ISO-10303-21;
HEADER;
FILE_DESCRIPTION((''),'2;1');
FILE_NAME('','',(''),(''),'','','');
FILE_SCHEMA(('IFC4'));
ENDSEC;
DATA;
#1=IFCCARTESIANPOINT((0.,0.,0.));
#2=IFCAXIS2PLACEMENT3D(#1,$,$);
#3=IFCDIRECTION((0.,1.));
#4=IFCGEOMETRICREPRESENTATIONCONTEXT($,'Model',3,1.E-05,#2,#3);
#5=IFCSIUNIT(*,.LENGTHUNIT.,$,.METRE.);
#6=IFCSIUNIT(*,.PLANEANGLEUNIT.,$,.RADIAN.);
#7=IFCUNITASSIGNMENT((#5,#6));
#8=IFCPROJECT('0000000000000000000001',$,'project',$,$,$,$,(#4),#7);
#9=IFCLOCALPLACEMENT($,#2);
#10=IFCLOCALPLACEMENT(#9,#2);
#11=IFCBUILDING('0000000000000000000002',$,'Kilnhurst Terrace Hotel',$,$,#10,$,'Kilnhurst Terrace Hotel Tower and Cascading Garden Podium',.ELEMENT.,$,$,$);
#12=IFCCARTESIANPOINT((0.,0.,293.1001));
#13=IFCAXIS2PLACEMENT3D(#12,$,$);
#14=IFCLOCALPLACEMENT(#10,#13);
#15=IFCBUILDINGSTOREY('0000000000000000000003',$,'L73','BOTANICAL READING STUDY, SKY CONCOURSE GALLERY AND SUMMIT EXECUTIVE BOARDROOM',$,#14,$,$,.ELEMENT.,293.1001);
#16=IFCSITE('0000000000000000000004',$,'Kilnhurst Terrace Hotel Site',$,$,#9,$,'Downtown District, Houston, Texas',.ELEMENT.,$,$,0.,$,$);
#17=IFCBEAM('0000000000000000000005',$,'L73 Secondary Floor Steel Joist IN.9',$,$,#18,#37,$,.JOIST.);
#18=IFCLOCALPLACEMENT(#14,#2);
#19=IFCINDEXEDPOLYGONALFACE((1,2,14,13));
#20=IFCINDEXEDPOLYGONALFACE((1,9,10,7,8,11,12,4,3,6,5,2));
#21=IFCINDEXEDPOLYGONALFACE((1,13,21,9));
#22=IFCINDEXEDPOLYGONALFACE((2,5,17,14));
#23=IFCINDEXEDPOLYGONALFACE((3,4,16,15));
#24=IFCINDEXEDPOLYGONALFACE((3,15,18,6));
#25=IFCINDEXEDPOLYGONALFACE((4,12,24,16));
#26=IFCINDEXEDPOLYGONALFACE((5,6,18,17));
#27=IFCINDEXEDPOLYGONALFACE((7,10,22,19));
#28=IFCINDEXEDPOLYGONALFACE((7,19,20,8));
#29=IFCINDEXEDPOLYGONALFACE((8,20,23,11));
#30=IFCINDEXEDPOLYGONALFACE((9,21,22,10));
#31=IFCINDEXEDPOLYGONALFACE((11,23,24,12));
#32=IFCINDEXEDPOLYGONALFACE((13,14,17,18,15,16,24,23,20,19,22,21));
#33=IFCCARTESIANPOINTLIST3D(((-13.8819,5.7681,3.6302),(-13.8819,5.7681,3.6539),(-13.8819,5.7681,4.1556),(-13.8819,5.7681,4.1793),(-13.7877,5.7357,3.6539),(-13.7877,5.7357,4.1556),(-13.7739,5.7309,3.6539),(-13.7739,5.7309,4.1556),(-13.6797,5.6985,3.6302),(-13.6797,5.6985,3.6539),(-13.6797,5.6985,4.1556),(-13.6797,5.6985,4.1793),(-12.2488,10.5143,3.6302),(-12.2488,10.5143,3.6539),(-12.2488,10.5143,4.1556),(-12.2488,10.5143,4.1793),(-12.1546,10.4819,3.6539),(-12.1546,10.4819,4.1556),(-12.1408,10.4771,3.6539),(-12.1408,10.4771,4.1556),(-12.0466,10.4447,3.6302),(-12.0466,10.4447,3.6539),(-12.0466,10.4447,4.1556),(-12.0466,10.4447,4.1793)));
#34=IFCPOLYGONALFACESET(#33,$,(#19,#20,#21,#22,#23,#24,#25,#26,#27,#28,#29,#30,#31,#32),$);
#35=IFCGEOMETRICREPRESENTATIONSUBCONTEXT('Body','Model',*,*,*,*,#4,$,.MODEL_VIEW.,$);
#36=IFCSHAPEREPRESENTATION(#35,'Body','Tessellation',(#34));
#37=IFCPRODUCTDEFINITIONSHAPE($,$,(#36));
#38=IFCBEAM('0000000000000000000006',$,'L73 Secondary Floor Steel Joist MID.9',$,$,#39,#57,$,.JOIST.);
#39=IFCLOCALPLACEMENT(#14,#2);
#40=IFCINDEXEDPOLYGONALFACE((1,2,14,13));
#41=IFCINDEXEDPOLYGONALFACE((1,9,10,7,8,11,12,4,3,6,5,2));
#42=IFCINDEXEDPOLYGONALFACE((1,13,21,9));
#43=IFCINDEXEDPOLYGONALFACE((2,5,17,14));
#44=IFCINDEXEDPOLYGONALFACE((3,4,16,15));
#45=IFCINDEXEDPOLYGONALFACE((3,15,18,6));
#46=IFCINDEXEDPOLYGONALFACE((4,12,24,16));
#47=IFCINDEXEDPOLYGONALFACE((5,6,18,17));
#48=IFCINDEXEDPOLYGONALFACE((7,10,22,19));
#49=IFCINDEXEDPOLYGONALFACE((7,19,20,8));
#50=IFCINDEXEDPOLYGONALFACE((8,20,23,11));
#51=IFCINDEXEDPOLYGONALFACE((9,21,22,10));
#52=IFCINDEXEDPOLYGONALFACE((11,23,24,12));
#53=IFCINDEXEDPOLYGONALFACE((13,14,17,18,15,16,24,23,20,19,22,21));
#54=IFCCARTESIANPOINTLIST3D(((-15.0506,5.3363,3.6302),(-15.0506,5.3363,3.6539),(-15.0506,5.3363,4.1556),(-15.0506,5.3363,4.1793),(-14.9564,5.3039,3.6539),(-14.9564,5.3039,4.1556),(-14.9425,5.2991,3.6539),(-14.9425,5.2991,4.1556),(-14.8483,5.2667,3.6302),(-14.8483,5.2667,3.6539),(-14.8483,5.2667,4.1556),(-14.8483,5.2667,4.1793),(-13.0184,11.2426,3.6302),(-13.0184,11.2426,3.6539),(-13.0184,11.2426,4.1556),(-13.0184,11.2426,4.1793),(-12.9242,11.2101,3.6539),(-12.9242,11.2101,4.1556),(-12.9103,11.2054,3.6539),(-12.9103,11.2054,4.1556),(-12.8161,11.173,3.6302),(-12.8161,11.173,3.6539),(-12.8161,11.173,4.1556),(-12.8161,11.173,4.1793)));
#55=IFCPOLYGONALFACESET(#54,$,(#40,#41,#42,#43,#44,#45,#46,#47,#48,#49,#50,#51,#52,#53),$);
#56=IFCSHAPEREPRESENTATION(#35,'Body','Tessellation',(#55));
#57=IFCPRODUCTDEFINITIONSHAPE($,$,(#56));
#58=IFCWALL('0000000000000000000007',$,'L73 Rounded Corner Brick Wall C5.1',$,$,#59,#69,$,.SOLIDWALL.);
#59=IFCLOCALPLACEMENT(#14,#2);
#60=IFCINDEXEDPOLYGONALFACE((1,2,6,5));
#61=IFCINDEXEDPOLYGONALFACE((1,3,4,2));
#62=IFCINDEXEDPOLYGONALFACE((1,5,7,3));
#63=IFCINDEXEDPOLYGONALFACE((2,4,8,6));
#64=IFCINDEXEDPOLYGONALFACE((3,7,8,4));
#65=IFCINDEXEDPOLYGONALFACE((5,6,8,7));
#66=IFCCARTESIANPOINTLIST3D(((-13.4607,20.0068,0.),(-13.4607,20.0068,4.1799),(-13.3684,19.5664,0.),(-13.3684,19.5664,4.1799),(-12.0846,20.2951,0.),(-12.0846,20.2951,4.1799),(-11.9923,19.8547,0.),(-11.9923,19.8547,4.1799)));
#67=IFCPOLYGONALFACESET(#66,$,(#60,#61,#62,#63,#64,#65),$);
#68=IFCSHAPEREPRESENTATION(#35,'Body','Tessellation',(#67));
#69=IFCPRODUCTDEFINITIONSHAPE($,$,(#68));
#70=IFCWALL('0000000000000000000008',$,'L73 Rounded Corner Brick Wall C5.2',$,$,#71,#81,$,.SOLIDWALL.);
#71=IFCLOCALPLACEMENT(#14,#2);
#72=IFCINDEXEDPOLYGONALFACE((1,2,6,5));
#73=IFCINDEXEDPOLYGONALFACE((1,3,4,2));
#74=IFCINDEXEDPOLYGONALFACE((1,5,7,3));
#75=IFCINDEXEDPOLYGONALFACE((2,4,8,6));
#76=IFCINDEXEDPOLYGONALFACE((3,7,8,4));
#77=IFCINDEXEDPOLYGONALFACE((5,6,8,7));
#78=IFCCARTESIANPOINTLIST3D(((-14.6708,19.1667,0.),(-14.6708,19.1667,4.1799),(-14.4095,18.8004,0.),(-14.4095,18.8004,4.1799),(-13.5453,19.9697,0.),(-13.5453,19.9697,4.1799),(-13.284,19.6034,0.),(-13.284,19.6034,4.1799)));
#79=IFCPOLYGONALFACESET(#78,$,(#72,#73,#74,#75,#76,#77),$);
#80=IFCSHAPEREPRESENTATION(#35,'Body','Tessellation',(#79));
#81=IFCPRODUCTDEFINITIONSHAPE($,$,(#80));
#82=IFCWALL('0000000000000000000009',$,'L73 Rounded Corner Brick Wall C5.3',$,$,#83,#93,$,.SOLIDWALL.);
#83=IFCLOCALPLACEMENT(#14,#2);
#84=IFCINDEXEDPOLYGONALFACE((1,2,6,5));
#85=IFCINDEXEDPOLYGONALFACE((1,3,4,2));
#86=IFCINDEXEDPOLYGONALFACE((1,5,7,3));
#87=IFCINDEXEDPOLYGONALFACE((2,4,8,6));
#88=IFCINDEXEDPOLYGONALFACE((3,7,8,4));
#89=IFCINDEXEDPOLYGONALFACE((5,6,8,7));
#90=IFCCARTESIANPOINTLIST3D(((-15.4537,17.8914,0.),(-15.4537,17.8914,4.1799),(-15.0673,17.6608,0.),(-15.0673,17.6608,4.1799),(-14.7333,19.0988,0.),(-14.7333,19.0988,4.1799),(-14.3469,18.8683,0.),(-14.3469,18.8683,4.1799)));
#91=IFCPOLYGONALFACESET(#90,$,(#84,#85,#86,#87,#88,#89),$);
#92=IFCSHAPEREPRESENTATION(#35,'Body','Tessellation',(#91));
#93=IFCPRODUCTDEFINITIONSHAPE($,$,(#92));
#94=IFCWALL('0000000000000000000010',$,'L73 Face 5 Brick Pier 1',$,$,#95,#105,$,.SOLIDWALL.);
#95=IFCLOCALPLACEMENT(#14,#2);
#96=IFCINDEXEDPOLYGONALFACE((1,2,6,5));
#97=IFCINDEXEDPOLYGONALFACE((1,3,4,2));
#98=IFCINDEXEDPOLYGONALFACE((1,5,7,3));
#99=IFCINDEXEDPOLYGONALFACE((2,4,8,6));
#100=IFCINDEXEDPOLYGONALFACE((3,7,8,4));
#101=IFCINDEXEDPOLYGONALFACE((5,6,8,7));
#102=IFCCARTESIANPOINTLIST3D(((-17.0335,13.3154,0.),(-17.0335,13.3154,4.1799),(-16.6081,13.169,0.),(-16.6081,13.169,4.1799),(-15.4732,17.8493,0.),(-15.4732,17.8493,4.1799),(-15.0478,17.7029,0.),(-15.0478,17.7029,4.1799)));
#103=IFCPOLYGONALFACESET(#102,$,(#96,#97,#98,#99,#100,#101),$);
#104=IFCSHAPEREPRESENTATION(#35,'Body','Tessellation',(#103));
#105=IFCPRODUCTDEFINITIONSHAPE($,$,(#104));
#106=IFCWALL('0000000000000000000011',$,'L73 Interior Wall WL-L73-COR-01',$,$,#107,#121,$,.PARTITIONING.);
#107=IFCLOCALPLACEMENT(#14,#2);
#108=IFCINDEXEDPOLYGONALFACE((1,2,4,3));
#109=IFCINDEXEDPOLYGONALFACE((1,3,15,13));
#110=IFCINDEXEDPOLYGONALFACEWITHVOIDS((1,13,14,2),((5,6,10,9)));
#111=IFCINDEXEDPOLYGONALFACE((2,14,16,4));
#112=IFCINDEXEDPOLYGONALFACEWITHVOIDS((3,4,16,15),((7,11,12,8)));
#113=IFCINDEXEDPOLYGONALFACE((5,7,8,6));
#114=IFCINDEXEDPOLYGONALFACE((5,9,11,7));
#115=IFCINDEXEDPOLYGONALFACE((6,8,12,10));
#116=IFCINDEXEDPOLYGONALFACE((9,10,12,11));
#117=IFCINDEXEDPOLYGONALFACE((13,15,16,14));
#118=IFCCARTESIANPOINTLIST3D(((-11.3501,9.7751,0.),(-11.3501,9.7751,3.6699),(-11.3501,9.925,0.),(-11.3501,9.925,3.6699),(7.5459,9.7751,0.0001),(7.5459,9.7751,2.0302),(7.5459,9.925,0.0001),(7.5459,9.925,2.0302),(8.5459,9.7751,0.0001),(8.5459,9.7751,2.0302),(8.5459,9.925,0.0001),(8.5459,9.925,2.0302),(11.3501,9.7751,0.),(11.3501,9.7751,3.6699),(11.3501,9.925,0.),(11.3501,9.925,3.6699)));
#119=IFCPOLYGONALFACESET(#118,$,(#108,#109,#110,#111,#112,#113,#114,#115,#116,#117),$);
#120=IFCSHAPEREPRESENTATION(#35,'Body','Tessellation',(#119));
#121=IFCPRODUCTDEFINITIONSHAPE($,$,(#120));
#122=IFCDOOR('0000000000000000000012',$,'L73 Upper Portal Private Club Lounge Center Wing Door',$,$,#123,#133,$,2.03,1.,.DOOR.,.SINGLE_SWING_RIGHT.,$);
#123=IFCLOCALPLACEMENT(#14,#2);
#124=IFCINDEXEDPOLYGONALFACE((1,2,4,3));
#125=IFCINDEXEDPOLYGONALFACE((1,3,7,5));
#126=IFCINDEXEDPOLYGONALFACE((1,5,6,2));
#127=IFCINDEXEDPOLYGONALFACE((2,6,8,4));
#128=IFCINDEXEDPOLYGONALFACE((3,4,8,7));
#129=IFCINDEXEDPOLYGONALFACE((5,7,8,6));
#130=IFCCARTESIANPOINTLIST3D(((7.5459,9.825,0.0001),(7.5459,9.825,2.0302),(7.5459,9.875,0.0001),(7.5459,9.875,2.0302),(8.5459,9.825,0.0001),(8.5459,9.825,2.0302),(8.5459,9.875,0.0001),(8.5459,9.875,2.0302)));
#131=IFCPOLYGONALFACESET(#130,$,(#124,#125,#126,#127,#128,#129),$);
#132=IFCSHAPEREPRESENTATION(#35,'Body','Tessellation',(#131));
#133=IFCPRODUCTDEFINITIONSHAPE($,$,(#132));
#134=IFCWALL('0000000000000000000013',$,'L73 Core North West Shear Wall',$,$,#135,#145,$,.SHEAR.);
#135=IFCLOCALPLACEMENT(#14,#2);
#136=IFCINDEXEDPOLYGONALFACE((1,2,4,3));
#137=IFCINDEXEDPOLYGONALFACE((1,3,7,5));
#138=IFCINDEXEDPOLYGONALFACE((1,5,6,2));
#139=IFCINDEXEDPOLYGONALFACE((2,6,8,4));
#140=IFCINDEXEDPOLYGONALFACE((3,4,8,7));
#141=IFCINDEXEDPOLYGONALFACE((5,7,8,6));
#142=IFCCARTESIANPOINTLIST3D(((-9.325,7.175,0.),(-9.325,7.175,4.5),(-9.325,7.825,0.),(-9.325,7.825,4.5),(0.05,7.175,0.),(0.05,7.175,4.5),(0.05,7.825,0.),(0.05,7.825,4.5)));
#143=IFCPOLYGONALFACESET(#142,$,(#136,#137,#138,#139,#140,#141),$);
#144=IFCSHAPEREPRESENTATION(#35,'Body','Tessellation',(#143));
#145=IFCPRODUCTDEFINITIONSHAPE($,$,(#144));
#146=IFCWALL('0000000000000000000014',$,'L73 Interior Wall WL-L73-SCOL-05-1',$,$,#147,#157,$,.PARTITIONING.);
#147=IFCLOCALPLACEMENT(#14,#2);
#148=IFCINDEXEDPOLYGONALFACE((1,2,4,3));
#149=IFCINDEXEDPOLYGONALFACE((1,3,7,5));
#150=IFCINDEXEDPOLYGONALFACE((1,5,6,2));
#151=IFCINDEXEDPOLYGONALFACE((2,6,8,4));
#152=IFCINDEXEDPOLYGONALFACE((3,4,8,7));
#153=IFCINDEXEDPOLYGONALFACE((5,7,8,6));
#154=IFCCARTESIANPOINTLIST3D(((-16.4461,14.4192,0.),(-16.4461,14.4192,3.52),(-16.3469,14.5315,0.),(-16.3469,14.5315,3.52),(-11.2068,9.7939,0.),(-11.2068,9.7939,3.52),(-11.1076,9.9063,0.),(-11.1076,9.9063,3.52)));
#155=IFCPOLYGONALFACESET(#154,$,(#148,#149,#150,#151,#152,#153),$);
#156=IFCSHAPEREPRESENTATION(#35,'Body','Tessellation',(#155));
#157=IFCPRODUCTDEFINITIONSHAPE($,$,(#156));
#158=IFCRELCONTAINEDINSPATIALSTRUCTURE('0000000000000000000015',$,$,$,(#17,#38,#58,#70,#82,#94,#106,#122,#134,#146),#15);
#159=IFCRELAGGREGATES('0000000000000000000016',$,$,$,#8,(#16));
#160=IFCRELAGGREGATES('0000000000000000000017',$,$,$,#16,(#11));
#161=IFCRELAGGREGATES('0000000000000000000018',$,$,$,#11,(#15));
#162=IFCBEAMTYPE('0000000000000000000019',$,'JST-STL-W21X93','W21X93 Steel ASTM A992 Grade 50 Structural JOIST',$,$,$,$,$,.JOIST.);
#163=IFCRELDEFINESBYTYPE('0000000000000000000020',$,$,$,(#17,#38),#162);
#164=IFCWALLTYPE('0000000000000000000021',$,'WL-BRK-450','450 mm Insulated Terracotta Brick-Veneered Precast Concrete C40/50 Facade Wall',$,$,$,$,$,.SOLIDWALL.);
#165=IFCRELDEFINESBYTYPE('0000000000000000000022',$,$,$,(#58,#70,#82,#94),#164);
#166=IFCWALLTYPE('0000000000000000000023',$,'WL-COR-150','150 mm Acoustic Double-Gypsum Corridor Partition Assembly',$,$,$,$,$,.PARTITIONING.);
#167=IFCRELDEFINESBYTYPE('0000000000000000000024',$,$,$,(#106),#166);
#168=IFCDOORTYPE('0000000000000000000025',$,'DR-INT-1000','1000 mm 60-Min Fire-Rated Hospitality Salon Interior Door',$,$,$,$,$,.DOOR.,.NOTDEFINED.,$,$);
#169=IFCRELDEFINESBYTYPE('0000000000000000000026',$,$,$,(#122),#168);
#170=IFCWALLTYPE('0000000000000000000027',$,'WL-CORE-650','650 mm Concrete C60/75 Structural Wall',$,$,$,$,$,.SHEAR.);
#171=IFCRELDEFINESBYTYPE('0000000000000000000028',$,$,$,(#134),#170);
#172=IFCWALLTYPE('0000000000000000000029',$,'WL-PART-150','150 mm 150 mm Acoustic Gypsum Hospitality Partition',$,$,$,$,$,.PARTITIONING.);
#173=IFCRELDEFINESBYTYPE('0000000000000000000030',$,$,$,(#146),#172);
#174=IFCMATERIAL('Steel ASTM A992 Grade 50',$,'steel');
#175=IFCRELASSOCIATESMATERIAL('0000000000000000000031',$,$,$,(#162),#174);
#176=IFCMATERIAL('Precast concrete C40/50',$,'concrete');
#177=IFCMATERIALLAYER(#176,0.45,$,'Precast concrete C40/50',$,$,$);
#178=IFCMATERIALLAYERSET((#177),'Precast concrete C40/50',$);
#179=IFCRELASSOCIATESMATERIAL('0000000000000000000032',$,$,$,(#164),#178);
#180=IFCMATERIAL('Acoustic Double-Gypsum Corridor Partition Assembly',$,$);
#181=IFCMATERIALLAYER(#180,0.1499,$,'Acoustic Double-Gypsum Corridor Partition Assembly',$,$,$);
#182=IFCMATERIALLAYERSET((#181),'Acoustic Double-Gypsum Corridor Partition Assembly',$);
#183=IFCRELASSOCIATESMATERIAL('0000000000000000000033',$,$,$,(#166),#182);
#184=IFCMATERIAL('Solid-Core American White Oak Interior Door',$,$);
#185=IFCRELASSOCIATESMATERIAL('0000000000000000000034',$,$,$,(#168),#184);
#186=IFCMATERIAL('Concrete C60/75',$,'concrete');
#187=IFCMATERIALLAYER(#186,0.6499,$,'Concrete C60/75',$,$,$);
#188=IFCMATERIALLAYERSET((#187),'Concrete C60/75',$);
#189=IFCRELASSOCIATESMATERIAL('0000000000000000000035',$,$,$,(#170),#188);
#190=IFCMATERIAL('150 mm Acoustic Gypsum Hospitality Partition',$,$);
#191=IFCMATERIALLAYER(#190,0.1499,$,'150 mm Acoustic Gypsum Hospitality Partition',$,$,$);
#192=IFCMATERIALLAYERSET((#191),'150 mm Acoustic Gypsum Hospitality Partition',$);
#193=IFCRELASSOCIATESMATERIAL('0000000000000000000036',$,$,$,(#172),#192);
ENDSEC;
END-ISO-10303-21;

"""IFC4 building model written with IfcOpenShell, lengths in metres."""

from ifc_helpers import new_model, si_unit, direction, frame, frame_2d, origin, origin_2d, place, context, subcontext, project, spatial, rectangle, i_section, extrude, material, layer, layer_set, material_profile, profile_set, type_object, element, fill, save


model = new_model("IFC4")

# Units and contexts
model_context = context("Model", 3, precision=1e-05, world=origin(), true_north=direction((0.0, 1.0)))
body_context = subcontext(model_context, "Body", "Model", "MODEL_VIEW")
ifc_project = project(units=[si_unit("LENGTHUNIT", "METRE"), si_unit("PLANEANGLEUNIT", "RADIAN")], contexts=[model_context])

# Site, building, storey
site_placement = place(None, origin())
site = spatial("IfcSite", under=ifc_project, at=site_placement, Name="Kilnhurst Terrace Hotel Site", LongName="Downtown District, Houston, Texas", CompositionType="ELEMENT", RefElevation=0.0)
building_placement = place(site_placement, origin())
building = spatial("IfcBuilding", under=site, at=building_placement, Name="Kilnhurst Terrace Hotel", LongName="Kilnhurst Terrace Hotel Tower and Cascading Garden Podium", CompositionType="ELEMENT")
storey_placement = place(building_placement, frame((0.0, 0.0, 293.1001)))
storey = spatial("IfcBuildingStorey", under=building, at=storey_placement, Name="L73", Description="BOTANICAL READING STUDY, SKY CONCOURSE GALLERY AND SUMMIT EXECUTIVE BOARDROOM", CompositionType="ELEMENT", Elevation=293.1001)

# Shared definitions
ifc_material_1 = material(Name="Concrete C60/75", Category="concrete")

# Beams
ifc_material_2 = material(Name="Steel ASTM A992 Grade 50", Category="steel")
ifc_material_profile_1 = material_profile(ifc_material_2, i_section(OverallWidth=0.2139, OverallDepth=0.5491, WebThickness=0.0146, FlangeThickness=0.0237, at=origin_2d()), Name="W21X93")
ifc_profile_set_1 = profile_set([ifc_material_profile_1], Name="Steel ASTM A992 Grade 50")
beam_type_1 = type_object("IfcBeamType", Name="JST-STL-W21X93", Description="W21X93 Steel ASTM A992 Grade 50 Structural JOIST", PredefinedType="JOIST", material=ifc_profile_set_1)
beam_1_placement = place(storey_placement, frame((-12.1477, 10.4795, 3.9048), z_axis=(-0.325363, -0.945589, 0.0), x_axis=(0.945589, -0.325363, 0.0)))
element("IfcBeam", 1, at=beam_1_placement, inside=storey, type_object=beam_type_1, Name="L73 Secondary Floor Steel Joist IN.9", PredefinedType="JOIST", context=body_context, shape_type="SweptSolid", body=[
    extrude(i_section(OverallWidth=0.2139, OverallDepth=0.5491, WebThickness=0.0146, FlangeThickness=0.0237, at=origin_2d()), origin(), (0.0, 0.0, 1.0), 5.0193),
])
beam_2_placement = place(storey_placement, frame((-12.9172, 11.2078, 3.9048), z_axis=(-0.325359, -0.94559, 0.0), x_axis=(0.94559, -0.325359, 0.0)))
element("IfcBeam", 2, at=beam_2_placement, inside=storey, type_object=beam_type_1, Name="L73 Secondary Floor Steel Joist MID.9", PredefinedType="JOIST", context=body_context, shape_type="SweptSolid", body=[
    extrude(i_section(OverallWidth=0.2139, OverallDepth=0.5491, WebThickness=0.0146, FlangeThickness=0.0237, at=origin_2d()), origin(), (0.0, 0.0, 1.0), 6.2461),
])

# Walls
ifc_material_3 = material(Name="Precast concrete C40/50", Category="concrete")
ifc_layer_1 = layer(ifc_material_3, 0.45, Name="Precast concrete C40/50")
ifc_layer_set_1 = layer_set([ifc_layer_1], Name="Precast concrete C40/50")
wall_type_1 = type_object("IfcWallType", Name="WL-BRK-450", Description="450 mm Insulated Terracotta Brick-Veneered Precast Concrete C40/50 Facade Wall", PredefinedType="SOLIDWALL", material=ifc_layer_set_1)
wall_1_placement = place(storey_placement, frame((-12.0383, 20.075, 0.0), z_axis=(0.0, 0.0, 1.0), x_axis=(-0.97875, -0.205057, 0.0)))
element("IfcWall", 3, at=wall_1_placement, inside=storey, type_object=wall_type_1, Name="L73 Rounded Corner Brick Wall C5.1", PredefinedType="SOLIDWALL", context=body_context, shape_type="SweptSolid", body=[
    extrude(rectangle(XDim=1.406, YDim=0.45, at=frame_2d((0.7031, 0.0))), origin(), (0.0, 0.0, 1.0), 4.1799),
])
wall_2_placement = place(storey_placement, frame((-13.4146, 19.7866, 0.0), z_axis=(0.0, 0.0, 1.0), x_axis=(-0.814055, -0.580787, 0.0)))
element("IfcWall", 4, at=wall_2_placement, inside=storey, type_object=wall_type_1, Name="L73 Rounded Corner Brick Wall C5.2", PredefinedType="SOLIDWALL", context=body_context, shape_type="SweptSolid", body=[
    extrude(rectangle(XDim=1.3826, YDim=0.45, at=frame_2d((0.6914, 0.0))), origin(), (0.0, 0.0, 1.0), 4.1799),
])
wall_3_placement = place(storey_placement, frame((-14.54, 18.9836, 0.0), z_axis=(0.0, 0.0, 1.0), x_axis=(-0.512375, -0.858762, 0.0)))
element("IfcWall", 5, at=wall_3_placement, inside=storey, type_object=wall_type_1, Name="L73 Rounded Corner Brick Wall C5.3", PredefinedType="SOLIDWALL", context=body_context, shape_type="SweptSolid", body=[
    extrude(rectangle(XDim=1.406, YDim=0.45, at=frame_2d((0.7031, 0.0))), origin(), (0.0, 0.0, 1.0), 4.1799),
])
wall_4_placement = place(storey_placement, frame((-15.2605, 17.7761, 0.0), z_axis=(0.0, 0.0, 1.0), x_axis=(-0.325408, -0.945574, 0.0)))
element("IfcWall", 6, at=wall_4_placement, inside=storey, type_object=wall_type_1, Name="L73 Face 5 Brick Pier 1", PredefinedType="SOLIDWALL", context=body_context, shape_type="SweptSolid", body=[
    extrude(rectangle(XDim=4.7949, YDim=0.45, at=frame_2d((2.3975, 0.0))), origin(), (0.0, 0.0, 1.0), 4.1799),
])

# Wall, opening, door
ifc_material_4 = material(Name="Acoustic Double-Gypsum Corridor Partition Assembly")
ifc_layer_2 = layer(ifc_material_4, 0.1499, Name="Acoustic Double-Gypsum Corridor Partition Assembly")
ifc_layer_set_2 = layer_set([ifc_layer_2], Name="Acoustic Double-Gypsum Corridor Partition Assembly")
wall_type_2 = type_object("IfcWallType", Name="WL-COR-150", Description="150 mm Acoustic Double-Gypsum Corridor Partition Assembly", PredefinedType="PARTITIONING", material=ifc_layer_set_2)
wall_5_placement = place(storey_placement, frame((-11.3501, 9.8501, 0.0), z_axis=(0.0, 0.0, 1.0), x_axis=(1.0, 0.0, 0.0)))
wall_5 = element("IfcWall", 7, at=wall_5_placement, inside=storey, type_object=wall_type_2, Name="L73 Interior Wall WL-L73-COR-01", PredefinedType="PARTITIONING", context=body_context, shape_type="SweptSolid", body=[
    extrude(rectangle(XDim=22.7002, YDim=0.1499, at=frame_2d((11.3501, 0.0))), origin(), (0.0, 0.0, 1.0), 3.6699),
])
opening_placement = place(wall_5_placement, frame((18.896, 0.0, 0.0)))
opening = element("IfcOpeningElement", 8, at=opening_placement, cuts=wall_5, PredefinedType="OPENING", context=body_context, shape_type="SweptSolid", body=[
    extrude(rectangle(XDim=1.0, YDim=2.03, at=frame_2d((0.5, 1.0151))), frame((0.0, 0.085, 0.0), z_axis=(0.0, -1.0, 0.0), x_axis=(1.0, 0.0, 0.0)), (0.0, 0.0, 1.0), 0.1699),
])
ifc_material_5 = material(Name="Solid-Core American White Oak Interior Door")
door_type = type_object("IfcDoorType", Name="DR-INT-1000", Description="1000 mm 60-Min Fire-Rated Hospitality Salon Interior Door", OperationType="NOTDEFINED", PredefinedType="DOOR", material=ifc_material_5)
door_placement = place(opening_placement, origin())
door = element("IfcDoor", 9, at=door_placement, inside=storey, type_object=door_type, Name="L73 Upper Portal Private Club Lounge Center Wing Door", OperationType="SINGLE_SWING_RIGHT", OverallHeight=2.03, OverallWidth=1.0, PredefinedType="DOOR", context=body_context, shape_type="SweptSolid", body=[
    extrude(rectangle(XDim=1.0, YDim=2.03, at=frame_2d((0.5, 1.0151))), frame((0.0, 0.0249, 0.0), z_axis=(0.0, -1.0, 0.0), x_axis=(1.0, 0.0, 0.0)), (0.0, 0.0, 1.0), 0.05),
])
fill(opening, door)

# Walls
ifc_layer_3 = layer(ifc_material_1, 0.6499, Name="Concrete C60/75")
ifc_layer_set_3 = layer_set([ifc_layer_3], Name="Concrete C60/75")
wall_type_3 = type_object("IfcWallType", Name="WL-CORE-650", Description="650 mm Concrete C60/75 Structural Wall", PredefinedType="SHEAR", material=ifc_layer_set_3)
wall_6_placement = place(storey_placement, frame((-9.325, 7.5, 0.0), z_axis=(0.0, 0.0, 1.0), x_axis=(1.0, 0.0, 0.0)))
element("IfcWall", 10, at=wall_6_placement, inside=storey, type_object=wall_type_3, Name="L73 Core North West Shear Wall", PredefinedType="SHEAR", context=body_context, shape_type="SweptSolid", body=[
    extrude(rectangle(XDim=9.375, YDim=0.6499, at=frame_2d((4.6875, 0.0))), origin(), (0.0, 0.0, 1.0), 4.5),
])
ifc_material_6 = material(Name="150 mm Acoustic Gypsum Hospitality Partition")
ifc_layer_4 = layer(ifc_material_6, 0.1499, Name="150 mm Acoustic Gypsum Hospitality Partition")
ifc_layer_set_4 = layer_set([ifc_layer_4], Name="150 mm Acoustic Gypsum Hospitality Partition")
wall_type_4 = type_object("IfcWallType", Name="WL-PART-150", Description="150 mm 150 mm Acoustic Gypsum Hospitality Partition", PredefinedType="PARTITIONING", material=ifc_layer_set_4)
wall_7_placement = place(storey_placement, frame((-11.1572, 9.8501, 0.0), z_axis=(0.0, 0.0, 1.0), x_axis=(-0.74967, 0.661812, 0.0)))
element("IfcWall", 11, at=wall_7_placement, inside=storey, type_object=wall_type_4, Name="L73 Interior Wall WL-L73-SCOL-05-1", PredefinedType="PARTITIONING", context=body_context, shape_type="SweptSolid", body=[
    extrude(rectangle(XDim=6.9888, YDim=0.1499, at=frame_2d((3.4944, 0.0))), origin(), (0.0, 0.0, 1.0), 3.52),
])

save(model, "model.ifc")
